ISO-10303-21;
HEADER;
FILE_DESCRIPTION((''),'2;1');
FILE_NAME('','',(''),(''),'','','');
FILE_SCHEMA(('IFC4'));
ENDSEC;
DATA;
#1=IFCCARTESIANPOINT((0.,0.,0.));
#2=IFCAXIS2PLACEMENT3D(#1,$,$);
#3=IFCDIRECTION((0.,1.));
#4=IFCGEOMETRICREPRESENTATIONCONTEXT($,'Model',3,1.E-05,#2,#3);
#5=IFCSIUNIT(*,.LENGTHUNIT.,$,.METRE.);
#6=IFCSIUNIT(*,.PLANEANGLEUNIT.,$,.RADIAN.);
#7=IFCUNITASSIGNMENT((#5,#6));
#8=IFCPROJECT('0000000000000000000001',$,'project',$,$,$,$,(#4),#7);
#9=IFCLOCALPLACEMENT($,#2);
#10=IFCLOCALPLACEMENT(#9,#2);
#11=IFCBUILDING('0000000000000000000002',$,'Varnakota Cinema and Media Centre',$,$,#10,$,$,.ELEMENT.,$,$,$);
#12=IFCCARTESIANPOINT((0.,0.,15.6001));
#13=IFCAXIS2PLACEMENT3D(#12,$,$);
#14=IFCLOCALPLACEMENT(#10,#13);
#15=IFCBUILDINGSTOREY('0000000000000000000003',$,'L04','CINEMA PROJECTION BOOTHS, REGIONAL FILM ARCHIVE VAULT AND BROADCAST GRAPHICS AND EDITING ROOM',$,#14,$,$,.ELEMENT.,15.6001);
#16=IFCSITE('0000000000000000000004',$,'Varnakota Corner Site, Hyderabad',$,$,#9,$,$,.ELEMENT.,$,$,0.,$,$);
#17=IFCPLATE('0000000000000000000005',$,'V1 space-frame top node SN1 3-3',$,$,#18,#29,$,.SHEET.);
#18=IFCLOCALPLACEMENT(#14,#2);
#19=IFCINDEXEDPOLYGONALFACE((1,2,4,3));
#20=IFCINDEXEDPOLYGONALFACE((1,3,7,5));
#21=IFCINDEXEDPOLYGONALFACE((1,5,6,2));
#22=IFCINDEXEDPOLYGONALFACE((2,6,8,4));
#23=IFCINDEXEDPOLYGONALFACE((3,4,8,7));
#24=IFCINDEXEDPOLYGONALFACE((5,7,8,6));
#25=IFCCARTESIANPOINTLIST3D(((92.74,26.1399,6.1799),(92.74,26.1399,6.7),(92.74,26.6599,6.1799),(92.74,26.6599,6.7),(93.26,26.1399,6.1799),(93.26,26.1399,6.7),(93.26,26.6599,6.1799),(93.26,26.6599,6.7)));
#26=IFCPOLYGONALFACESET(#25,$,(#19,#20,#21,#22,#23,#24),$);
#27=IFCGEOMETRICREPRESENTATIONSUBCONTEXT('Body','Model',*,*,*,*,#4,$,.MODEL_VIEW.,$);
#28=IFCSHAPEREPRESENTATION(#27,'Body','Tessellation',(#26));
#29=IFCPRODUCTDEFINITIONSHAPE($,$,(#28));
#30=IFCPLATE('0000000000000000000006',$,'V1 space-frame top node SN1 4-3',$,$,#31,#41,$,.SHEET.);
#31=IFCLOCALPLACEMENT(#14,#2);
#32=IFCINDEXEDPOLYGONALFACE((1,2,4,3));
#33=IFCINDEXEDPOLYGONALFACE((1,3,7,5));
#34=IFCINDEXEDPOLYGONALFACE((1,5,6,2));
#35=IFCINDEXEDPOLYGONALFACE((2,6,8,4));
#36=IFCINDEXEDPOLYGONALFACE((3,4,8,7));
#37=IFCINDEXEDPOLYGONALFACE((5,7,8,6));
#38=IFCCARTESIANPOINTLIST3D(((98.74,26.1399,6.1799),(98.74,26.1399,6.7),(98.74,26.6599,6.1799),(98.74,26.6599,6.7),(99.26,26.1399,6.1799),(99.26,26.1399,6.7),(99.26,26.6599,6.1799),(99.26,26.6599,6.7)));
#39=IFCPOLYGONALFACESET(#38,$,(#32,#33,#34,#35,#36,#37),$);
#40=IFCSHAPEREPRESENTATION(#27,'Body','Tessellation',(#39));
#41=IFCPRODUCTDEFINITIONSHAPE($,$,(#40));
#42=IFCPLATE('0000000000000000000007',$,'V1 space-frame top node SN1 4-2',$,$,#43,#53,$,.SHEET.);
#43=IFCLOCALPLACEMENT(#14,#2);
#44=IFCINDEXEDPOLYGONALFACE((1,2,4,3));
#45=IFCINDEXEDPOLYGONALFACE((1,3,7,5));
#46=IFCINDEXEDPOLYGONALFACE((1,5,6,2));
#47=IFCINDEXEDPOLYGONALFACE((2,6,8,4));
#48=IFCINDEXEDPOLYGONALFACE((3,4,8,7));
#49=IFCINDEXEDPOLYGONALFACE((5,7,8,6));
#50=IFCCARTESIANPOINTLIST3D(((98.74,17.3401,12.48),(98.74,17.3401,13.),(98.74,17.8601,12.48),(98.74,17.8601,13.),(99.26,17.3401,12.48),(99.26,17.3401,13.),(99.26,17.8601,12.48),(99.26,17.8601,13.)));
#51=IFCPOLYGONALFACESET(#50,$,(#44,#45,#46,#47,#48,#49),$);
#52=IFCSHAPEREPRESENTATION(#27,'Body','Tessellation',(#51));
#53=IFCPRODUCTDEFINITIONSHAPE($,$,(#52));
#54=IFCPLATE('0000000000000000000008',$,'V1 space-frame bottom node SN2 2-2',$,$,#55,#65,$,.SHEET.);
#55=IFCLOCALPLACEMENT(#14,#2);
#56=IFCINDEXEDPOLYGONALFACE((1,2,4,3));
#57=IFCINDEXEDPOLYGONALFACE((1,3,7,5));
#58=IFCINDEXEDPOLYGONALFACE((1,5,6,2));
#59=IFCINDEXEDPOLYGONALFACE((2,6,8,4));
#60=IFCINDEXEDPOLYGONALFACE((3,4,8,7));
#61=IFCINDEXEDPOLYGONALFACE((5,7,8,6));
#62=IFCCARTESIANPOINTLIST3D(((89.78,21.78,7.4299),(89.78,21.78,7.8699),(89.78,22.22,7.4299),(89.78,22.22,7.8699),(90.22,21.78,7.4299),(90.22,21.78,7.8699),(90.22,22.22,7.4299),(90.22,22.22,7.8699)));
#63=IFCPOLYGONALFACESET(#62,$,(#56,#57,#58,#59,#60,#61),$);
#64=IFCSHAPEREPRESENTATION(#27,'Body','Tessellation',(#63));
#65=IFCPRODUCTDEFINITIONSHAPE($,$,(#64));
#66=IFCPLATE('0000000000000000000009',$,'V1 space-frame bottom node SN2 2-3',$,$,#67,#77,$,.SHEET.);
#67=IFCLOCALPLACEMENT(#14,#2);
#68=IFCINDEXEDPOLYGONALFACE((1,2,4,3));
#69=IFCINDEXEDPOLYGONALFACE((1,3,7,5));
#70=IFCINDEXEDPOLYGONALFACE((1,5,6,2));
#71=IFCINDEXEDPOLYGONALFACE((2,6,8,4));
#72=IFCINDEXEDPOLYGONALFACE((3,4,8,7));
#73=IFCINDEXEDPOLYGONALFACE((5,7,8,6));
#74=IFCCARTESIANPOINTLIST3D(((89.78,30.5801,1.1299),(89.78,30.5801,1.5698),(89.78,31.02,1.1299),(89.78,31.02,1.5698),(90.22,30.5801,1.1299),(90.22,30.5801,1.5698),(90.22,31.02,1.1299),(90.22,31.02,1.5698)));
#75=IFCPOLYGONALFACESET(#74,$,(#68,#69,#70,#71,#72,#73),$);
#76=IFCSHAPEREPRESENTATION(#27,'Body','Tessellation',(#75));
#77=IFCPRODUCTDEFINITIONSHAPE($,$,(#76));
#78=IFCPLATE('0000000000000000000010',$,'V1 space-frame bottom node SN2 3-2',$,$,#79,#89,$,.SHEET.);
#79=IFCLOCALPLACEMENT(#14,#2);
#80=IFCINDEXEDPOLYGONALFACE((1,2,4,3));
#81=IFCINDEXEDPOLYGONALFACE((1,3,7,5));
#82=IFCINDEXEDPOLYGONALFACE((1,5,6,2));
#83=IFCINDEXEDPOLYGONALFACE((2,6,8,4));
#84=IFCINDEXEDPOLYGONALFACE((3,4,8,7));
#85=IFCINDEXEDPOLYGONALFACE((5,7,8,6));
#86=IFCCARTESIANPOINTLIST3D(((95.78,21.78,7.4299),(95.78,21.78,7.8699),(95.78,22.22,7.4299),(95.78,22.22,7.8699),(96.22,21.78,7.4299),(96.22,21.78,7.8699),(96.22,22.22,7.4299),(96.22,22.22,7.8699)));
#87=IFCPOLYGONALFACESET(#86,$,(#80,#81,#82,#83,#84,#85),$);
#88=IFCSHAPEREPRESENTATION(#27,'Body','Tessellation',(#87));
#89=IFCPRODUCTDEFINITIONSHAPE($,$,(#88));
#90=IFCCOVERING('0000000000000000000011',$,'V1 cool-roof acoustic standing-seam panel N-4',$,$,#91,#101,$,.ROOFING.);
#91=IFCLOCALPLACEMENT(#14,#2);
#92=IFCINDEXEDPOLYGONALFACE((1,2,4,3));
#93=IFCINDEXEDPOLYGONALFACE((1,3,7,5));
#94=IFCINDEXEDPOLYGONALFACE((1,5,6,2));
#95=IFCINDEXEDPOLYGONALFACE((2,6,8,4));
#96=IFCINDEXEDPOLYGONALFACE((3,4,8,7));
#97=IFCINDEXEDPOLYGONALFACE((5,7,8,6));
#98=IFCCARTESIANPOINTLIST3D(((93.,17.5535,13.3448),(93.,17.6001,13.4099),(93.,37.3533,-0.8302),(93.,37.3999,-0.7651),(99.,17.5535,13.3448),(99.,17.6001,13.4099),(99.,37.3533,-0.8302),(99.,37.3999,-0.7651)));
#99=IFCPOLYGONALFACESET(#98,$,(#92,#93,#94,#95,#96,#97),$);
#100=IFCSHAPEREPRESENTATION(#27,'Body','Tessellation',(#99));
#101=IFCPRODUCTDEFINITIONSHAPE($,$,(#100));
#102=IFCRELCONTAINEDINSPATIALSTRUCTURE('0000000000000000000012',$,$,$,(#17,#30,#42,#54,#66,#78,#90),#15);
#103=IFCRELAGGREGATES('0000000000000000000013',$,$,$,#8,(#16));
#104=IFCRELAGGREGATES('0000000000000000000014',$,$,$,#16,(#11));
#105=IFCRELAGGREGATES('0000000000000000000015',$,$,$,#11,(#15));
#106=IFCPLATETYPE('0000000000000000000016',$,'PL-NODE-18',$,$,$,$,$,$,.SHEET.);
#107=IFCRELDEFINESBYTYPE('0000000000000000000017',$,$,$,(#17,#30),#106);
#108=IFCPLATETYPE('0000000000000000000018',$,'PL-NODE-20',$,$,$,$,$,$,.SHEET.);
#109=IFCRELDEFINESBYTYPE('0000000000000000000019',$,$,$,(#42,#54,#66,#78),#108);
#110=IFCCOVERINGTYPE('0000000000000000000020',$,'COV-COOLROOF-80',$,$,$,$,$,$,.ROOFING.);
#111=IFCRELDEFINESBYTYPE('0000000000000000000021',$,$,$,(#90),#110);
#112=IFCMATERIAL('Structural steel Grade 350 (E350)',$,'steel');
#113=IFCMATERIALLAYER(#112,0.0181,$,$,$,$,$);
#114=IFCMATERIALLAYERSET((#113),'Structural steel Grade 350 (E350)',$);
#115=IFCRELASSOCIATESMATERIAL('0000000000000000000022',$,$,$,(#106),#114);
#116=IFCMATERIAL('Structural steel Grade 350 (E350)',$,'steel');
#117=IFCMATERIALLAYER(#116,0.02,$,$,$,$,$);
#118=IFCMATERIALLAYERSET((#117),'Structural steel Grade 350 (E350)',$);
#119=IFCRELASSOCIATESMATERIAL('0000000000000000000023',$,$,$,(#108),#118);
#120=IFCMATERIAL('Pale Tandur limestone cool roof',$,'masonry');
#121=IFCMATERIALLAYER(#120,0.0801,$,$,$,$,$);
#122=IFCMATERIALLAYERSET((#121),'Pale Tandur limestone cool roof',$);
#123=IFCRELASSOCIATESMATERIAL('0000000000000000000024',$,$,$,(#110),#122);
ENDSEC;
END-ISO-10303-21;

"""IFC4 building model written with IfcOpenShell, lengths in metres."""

from ifc_helpers import new_model, si_unit, direction, frame, origin, origin_2d, place, context, subcontext, project, spatial, polyline, rectangle, outline, extrude, material, layer, layer_set, type_object, element, save


model = new_model("IFC4")

# Units and contexts
model_context = context("Model", 3, precision=1e-05, world=origin(), true_north=direction((0.0, 1.0)))
body_context = subcontext(model_context, "Body", "Model", "MODEL_VIEW")
ifc_project = project(units=[si_unit("LENGTHUNIT", "METRE"), si_unit("PLANEANGLEUNIT", "RADIAN")], contexts=[model_context])

# Site, building, storey
site_placement = place(None, origin())
site = spatial("IfcSite", under=ifc_project, at=site_placement, Name="Varnakota Corner Site, Hyderabad", CompositionType="ELEMENT", RefElevation=0.0)
building_placement = place(site_placement, origin())
building = spatial("IfcBuilding", under=site, at=building_placement, Name="Varnakota Cinema and Media Centre", CompositionType="ELEMENT")
storey_placement = place(building_placement, frame((0.0, 0.0, 15.6001)))
storey = spatial("IfcBuildingStorey", under=building, at=storey_placement, Name="L04", Description="CINEMA PROJECTION BOOTHS, REGIONAL FILM ARCHIVE VAULT AND BROADCAST GRAPHICS AND EDITING ROOM", CompositionType="ELEMENT", Elevation=15.6001)

# Plates
ifc_material_1 = material(Name="Structural steel Grade 350 (E350)", Category="steel")
ifc_layer_1 = layer(ifc_material_1, 0.0181)
ifc_layer_set_1 = layer_set([ifc_layer_1], Name="Structural steel Grade 350 (E350)")
plate_type_1 = type_object("IfcPlateType", Name="PL-NODE-18", PredefinedType="SHEET", material=ifc_layer_set_1)
for number, where, z_axis, x_axis, name in (
    (1, (93.0, 26.3999, 6.1799), (0.0, 0.0, 1.0), (1.0, 0.0, 0.0), "V1 space-frame top node SN1 3-3"),
    (2, (99.0, 26.3999, 6.1799), (0.0, 0.0, 1.0), (1.0, 0.0, 0.0), "V1 space-frame top node SN1 4-3"),
):
    element("IfcPlate", number, at=place(storey_placement, frame(where, z_axis=z_axis, x_axis=x_axis)), inside=storey, type_object=plate_type_1, Name=name, PredefinedType="SHEET", context=body_context, shape_type="SweptSolid", body=[
        extrude(rectangle(XDim=0.52, YDim=0.52, at=origin_2d()), origin(), (0.0, 0.0, 1.0), 0.52),
    ])
ifc_material_2 = material(Name="Structural steel Grade 350 (E350)", Category="steel")
ifc_layer_2 = layer(ifc_material_2, 0.02)
ifc_layer_set_2 = layer_set([ifc_layer_2], Name="Structural steel Grade 350 (E350)")
plate_type_2 = type_object("IfcPlateType", Name="PL-NODE-20", PredefinedType="SHEET", material=ifc_layer_set_2)
plate_placement = place(storey_placement, frame((99.0, 17.6001, 12.48), z_axis=(0.0, 0.0, 1.0), x_axis=(1.0, 0.0, 0.0)))
element("IfcPlate", 3, at=plate_placement, inside=storey, type_object=plate_type_2, Name="V1 space-frame top node SN1 4-2", PredefinedType="SHEET", context=body_context, shape_type="SweptSolid", body=[
    extrude(rectangle(XDim=0.52, YDim=0.52, at=origin_2d()), origin(), (0.0, 0.0, 1.0), 0.52),
])
for number, where, z_axis, x_axis, name in (
    (4, (90.0, 22.0, 7.4299), (0.0, 0.0, 1.0), (1.0, 0.0, 0.0), "V1 space-frame bottom node SN2 2-2"),
    (5, (90.0, 30.8, 1.1299), (0.0, 0.0, 1.0), (1.0, 0.0, 0.0), "V1 space-frame bottom node SN2 2-3"),
    (6, (96.0, 22.0, 7.4299), (0.0, 0.0, 1.0), (1.0, 0.0, 0.0), "V1 space-frame bottom node SN2 3-2"),
):
    element("IfcPlate", number, at=place(storey_placement, frame(where, z_axis=z_axis, x_axis=x_axis)), inside=storey, type_object=plate_type_2, Name=name, PredefinedType="SHEET", context=body_context, shape_type="SweptSolid", body=[
        extrude(rectangle(XDim=0.4399, YDim=0.4399, at=origin_2d()), origin(), (0.0, 0.0, 1.0), 0.4399),
    ])

# Covering
ifc_material_3 = material(Name="Pale Tandur limestone cool roof", Category="masonry")
ifc_layer_3 = layer(ifc_material_3, 0.0801)
ifc_layer_set_3 = layer_set([ifc_layer_3], Name="Pale Tandur limestone cool roof")
covering_type = type_object("IfcCoveringType", Name="COV-COOLROOF-80", PredefinedType="ROOFING", material=ifc_layer_set_3)
covering_placement = place(storey_placement, frame((93.0, 17.6001, 13.4099), z_axis=(0.0, 0.582117, 0.813105), x_axis=(1.0, 0.0, 0.0)))
element("IfcCovering", 7, at=covering_placement, inside=storey, type_object=covering_type, Name="V1 cool-roof acoustic standing-seam panel N-4", PredefinedType="ROOFING", context=body_context, shape_type="SweptSolid", body=[
    extrude(outline(polyline([(0.0, 0.0), (6.0, 0.0), (6.0, 24.3509), (0.0, 24.3509), (0.0, 0.0)])), origin(), (0.0, 0.0, -1.0), 0.0801),
])

save(model, "model.ifc")
